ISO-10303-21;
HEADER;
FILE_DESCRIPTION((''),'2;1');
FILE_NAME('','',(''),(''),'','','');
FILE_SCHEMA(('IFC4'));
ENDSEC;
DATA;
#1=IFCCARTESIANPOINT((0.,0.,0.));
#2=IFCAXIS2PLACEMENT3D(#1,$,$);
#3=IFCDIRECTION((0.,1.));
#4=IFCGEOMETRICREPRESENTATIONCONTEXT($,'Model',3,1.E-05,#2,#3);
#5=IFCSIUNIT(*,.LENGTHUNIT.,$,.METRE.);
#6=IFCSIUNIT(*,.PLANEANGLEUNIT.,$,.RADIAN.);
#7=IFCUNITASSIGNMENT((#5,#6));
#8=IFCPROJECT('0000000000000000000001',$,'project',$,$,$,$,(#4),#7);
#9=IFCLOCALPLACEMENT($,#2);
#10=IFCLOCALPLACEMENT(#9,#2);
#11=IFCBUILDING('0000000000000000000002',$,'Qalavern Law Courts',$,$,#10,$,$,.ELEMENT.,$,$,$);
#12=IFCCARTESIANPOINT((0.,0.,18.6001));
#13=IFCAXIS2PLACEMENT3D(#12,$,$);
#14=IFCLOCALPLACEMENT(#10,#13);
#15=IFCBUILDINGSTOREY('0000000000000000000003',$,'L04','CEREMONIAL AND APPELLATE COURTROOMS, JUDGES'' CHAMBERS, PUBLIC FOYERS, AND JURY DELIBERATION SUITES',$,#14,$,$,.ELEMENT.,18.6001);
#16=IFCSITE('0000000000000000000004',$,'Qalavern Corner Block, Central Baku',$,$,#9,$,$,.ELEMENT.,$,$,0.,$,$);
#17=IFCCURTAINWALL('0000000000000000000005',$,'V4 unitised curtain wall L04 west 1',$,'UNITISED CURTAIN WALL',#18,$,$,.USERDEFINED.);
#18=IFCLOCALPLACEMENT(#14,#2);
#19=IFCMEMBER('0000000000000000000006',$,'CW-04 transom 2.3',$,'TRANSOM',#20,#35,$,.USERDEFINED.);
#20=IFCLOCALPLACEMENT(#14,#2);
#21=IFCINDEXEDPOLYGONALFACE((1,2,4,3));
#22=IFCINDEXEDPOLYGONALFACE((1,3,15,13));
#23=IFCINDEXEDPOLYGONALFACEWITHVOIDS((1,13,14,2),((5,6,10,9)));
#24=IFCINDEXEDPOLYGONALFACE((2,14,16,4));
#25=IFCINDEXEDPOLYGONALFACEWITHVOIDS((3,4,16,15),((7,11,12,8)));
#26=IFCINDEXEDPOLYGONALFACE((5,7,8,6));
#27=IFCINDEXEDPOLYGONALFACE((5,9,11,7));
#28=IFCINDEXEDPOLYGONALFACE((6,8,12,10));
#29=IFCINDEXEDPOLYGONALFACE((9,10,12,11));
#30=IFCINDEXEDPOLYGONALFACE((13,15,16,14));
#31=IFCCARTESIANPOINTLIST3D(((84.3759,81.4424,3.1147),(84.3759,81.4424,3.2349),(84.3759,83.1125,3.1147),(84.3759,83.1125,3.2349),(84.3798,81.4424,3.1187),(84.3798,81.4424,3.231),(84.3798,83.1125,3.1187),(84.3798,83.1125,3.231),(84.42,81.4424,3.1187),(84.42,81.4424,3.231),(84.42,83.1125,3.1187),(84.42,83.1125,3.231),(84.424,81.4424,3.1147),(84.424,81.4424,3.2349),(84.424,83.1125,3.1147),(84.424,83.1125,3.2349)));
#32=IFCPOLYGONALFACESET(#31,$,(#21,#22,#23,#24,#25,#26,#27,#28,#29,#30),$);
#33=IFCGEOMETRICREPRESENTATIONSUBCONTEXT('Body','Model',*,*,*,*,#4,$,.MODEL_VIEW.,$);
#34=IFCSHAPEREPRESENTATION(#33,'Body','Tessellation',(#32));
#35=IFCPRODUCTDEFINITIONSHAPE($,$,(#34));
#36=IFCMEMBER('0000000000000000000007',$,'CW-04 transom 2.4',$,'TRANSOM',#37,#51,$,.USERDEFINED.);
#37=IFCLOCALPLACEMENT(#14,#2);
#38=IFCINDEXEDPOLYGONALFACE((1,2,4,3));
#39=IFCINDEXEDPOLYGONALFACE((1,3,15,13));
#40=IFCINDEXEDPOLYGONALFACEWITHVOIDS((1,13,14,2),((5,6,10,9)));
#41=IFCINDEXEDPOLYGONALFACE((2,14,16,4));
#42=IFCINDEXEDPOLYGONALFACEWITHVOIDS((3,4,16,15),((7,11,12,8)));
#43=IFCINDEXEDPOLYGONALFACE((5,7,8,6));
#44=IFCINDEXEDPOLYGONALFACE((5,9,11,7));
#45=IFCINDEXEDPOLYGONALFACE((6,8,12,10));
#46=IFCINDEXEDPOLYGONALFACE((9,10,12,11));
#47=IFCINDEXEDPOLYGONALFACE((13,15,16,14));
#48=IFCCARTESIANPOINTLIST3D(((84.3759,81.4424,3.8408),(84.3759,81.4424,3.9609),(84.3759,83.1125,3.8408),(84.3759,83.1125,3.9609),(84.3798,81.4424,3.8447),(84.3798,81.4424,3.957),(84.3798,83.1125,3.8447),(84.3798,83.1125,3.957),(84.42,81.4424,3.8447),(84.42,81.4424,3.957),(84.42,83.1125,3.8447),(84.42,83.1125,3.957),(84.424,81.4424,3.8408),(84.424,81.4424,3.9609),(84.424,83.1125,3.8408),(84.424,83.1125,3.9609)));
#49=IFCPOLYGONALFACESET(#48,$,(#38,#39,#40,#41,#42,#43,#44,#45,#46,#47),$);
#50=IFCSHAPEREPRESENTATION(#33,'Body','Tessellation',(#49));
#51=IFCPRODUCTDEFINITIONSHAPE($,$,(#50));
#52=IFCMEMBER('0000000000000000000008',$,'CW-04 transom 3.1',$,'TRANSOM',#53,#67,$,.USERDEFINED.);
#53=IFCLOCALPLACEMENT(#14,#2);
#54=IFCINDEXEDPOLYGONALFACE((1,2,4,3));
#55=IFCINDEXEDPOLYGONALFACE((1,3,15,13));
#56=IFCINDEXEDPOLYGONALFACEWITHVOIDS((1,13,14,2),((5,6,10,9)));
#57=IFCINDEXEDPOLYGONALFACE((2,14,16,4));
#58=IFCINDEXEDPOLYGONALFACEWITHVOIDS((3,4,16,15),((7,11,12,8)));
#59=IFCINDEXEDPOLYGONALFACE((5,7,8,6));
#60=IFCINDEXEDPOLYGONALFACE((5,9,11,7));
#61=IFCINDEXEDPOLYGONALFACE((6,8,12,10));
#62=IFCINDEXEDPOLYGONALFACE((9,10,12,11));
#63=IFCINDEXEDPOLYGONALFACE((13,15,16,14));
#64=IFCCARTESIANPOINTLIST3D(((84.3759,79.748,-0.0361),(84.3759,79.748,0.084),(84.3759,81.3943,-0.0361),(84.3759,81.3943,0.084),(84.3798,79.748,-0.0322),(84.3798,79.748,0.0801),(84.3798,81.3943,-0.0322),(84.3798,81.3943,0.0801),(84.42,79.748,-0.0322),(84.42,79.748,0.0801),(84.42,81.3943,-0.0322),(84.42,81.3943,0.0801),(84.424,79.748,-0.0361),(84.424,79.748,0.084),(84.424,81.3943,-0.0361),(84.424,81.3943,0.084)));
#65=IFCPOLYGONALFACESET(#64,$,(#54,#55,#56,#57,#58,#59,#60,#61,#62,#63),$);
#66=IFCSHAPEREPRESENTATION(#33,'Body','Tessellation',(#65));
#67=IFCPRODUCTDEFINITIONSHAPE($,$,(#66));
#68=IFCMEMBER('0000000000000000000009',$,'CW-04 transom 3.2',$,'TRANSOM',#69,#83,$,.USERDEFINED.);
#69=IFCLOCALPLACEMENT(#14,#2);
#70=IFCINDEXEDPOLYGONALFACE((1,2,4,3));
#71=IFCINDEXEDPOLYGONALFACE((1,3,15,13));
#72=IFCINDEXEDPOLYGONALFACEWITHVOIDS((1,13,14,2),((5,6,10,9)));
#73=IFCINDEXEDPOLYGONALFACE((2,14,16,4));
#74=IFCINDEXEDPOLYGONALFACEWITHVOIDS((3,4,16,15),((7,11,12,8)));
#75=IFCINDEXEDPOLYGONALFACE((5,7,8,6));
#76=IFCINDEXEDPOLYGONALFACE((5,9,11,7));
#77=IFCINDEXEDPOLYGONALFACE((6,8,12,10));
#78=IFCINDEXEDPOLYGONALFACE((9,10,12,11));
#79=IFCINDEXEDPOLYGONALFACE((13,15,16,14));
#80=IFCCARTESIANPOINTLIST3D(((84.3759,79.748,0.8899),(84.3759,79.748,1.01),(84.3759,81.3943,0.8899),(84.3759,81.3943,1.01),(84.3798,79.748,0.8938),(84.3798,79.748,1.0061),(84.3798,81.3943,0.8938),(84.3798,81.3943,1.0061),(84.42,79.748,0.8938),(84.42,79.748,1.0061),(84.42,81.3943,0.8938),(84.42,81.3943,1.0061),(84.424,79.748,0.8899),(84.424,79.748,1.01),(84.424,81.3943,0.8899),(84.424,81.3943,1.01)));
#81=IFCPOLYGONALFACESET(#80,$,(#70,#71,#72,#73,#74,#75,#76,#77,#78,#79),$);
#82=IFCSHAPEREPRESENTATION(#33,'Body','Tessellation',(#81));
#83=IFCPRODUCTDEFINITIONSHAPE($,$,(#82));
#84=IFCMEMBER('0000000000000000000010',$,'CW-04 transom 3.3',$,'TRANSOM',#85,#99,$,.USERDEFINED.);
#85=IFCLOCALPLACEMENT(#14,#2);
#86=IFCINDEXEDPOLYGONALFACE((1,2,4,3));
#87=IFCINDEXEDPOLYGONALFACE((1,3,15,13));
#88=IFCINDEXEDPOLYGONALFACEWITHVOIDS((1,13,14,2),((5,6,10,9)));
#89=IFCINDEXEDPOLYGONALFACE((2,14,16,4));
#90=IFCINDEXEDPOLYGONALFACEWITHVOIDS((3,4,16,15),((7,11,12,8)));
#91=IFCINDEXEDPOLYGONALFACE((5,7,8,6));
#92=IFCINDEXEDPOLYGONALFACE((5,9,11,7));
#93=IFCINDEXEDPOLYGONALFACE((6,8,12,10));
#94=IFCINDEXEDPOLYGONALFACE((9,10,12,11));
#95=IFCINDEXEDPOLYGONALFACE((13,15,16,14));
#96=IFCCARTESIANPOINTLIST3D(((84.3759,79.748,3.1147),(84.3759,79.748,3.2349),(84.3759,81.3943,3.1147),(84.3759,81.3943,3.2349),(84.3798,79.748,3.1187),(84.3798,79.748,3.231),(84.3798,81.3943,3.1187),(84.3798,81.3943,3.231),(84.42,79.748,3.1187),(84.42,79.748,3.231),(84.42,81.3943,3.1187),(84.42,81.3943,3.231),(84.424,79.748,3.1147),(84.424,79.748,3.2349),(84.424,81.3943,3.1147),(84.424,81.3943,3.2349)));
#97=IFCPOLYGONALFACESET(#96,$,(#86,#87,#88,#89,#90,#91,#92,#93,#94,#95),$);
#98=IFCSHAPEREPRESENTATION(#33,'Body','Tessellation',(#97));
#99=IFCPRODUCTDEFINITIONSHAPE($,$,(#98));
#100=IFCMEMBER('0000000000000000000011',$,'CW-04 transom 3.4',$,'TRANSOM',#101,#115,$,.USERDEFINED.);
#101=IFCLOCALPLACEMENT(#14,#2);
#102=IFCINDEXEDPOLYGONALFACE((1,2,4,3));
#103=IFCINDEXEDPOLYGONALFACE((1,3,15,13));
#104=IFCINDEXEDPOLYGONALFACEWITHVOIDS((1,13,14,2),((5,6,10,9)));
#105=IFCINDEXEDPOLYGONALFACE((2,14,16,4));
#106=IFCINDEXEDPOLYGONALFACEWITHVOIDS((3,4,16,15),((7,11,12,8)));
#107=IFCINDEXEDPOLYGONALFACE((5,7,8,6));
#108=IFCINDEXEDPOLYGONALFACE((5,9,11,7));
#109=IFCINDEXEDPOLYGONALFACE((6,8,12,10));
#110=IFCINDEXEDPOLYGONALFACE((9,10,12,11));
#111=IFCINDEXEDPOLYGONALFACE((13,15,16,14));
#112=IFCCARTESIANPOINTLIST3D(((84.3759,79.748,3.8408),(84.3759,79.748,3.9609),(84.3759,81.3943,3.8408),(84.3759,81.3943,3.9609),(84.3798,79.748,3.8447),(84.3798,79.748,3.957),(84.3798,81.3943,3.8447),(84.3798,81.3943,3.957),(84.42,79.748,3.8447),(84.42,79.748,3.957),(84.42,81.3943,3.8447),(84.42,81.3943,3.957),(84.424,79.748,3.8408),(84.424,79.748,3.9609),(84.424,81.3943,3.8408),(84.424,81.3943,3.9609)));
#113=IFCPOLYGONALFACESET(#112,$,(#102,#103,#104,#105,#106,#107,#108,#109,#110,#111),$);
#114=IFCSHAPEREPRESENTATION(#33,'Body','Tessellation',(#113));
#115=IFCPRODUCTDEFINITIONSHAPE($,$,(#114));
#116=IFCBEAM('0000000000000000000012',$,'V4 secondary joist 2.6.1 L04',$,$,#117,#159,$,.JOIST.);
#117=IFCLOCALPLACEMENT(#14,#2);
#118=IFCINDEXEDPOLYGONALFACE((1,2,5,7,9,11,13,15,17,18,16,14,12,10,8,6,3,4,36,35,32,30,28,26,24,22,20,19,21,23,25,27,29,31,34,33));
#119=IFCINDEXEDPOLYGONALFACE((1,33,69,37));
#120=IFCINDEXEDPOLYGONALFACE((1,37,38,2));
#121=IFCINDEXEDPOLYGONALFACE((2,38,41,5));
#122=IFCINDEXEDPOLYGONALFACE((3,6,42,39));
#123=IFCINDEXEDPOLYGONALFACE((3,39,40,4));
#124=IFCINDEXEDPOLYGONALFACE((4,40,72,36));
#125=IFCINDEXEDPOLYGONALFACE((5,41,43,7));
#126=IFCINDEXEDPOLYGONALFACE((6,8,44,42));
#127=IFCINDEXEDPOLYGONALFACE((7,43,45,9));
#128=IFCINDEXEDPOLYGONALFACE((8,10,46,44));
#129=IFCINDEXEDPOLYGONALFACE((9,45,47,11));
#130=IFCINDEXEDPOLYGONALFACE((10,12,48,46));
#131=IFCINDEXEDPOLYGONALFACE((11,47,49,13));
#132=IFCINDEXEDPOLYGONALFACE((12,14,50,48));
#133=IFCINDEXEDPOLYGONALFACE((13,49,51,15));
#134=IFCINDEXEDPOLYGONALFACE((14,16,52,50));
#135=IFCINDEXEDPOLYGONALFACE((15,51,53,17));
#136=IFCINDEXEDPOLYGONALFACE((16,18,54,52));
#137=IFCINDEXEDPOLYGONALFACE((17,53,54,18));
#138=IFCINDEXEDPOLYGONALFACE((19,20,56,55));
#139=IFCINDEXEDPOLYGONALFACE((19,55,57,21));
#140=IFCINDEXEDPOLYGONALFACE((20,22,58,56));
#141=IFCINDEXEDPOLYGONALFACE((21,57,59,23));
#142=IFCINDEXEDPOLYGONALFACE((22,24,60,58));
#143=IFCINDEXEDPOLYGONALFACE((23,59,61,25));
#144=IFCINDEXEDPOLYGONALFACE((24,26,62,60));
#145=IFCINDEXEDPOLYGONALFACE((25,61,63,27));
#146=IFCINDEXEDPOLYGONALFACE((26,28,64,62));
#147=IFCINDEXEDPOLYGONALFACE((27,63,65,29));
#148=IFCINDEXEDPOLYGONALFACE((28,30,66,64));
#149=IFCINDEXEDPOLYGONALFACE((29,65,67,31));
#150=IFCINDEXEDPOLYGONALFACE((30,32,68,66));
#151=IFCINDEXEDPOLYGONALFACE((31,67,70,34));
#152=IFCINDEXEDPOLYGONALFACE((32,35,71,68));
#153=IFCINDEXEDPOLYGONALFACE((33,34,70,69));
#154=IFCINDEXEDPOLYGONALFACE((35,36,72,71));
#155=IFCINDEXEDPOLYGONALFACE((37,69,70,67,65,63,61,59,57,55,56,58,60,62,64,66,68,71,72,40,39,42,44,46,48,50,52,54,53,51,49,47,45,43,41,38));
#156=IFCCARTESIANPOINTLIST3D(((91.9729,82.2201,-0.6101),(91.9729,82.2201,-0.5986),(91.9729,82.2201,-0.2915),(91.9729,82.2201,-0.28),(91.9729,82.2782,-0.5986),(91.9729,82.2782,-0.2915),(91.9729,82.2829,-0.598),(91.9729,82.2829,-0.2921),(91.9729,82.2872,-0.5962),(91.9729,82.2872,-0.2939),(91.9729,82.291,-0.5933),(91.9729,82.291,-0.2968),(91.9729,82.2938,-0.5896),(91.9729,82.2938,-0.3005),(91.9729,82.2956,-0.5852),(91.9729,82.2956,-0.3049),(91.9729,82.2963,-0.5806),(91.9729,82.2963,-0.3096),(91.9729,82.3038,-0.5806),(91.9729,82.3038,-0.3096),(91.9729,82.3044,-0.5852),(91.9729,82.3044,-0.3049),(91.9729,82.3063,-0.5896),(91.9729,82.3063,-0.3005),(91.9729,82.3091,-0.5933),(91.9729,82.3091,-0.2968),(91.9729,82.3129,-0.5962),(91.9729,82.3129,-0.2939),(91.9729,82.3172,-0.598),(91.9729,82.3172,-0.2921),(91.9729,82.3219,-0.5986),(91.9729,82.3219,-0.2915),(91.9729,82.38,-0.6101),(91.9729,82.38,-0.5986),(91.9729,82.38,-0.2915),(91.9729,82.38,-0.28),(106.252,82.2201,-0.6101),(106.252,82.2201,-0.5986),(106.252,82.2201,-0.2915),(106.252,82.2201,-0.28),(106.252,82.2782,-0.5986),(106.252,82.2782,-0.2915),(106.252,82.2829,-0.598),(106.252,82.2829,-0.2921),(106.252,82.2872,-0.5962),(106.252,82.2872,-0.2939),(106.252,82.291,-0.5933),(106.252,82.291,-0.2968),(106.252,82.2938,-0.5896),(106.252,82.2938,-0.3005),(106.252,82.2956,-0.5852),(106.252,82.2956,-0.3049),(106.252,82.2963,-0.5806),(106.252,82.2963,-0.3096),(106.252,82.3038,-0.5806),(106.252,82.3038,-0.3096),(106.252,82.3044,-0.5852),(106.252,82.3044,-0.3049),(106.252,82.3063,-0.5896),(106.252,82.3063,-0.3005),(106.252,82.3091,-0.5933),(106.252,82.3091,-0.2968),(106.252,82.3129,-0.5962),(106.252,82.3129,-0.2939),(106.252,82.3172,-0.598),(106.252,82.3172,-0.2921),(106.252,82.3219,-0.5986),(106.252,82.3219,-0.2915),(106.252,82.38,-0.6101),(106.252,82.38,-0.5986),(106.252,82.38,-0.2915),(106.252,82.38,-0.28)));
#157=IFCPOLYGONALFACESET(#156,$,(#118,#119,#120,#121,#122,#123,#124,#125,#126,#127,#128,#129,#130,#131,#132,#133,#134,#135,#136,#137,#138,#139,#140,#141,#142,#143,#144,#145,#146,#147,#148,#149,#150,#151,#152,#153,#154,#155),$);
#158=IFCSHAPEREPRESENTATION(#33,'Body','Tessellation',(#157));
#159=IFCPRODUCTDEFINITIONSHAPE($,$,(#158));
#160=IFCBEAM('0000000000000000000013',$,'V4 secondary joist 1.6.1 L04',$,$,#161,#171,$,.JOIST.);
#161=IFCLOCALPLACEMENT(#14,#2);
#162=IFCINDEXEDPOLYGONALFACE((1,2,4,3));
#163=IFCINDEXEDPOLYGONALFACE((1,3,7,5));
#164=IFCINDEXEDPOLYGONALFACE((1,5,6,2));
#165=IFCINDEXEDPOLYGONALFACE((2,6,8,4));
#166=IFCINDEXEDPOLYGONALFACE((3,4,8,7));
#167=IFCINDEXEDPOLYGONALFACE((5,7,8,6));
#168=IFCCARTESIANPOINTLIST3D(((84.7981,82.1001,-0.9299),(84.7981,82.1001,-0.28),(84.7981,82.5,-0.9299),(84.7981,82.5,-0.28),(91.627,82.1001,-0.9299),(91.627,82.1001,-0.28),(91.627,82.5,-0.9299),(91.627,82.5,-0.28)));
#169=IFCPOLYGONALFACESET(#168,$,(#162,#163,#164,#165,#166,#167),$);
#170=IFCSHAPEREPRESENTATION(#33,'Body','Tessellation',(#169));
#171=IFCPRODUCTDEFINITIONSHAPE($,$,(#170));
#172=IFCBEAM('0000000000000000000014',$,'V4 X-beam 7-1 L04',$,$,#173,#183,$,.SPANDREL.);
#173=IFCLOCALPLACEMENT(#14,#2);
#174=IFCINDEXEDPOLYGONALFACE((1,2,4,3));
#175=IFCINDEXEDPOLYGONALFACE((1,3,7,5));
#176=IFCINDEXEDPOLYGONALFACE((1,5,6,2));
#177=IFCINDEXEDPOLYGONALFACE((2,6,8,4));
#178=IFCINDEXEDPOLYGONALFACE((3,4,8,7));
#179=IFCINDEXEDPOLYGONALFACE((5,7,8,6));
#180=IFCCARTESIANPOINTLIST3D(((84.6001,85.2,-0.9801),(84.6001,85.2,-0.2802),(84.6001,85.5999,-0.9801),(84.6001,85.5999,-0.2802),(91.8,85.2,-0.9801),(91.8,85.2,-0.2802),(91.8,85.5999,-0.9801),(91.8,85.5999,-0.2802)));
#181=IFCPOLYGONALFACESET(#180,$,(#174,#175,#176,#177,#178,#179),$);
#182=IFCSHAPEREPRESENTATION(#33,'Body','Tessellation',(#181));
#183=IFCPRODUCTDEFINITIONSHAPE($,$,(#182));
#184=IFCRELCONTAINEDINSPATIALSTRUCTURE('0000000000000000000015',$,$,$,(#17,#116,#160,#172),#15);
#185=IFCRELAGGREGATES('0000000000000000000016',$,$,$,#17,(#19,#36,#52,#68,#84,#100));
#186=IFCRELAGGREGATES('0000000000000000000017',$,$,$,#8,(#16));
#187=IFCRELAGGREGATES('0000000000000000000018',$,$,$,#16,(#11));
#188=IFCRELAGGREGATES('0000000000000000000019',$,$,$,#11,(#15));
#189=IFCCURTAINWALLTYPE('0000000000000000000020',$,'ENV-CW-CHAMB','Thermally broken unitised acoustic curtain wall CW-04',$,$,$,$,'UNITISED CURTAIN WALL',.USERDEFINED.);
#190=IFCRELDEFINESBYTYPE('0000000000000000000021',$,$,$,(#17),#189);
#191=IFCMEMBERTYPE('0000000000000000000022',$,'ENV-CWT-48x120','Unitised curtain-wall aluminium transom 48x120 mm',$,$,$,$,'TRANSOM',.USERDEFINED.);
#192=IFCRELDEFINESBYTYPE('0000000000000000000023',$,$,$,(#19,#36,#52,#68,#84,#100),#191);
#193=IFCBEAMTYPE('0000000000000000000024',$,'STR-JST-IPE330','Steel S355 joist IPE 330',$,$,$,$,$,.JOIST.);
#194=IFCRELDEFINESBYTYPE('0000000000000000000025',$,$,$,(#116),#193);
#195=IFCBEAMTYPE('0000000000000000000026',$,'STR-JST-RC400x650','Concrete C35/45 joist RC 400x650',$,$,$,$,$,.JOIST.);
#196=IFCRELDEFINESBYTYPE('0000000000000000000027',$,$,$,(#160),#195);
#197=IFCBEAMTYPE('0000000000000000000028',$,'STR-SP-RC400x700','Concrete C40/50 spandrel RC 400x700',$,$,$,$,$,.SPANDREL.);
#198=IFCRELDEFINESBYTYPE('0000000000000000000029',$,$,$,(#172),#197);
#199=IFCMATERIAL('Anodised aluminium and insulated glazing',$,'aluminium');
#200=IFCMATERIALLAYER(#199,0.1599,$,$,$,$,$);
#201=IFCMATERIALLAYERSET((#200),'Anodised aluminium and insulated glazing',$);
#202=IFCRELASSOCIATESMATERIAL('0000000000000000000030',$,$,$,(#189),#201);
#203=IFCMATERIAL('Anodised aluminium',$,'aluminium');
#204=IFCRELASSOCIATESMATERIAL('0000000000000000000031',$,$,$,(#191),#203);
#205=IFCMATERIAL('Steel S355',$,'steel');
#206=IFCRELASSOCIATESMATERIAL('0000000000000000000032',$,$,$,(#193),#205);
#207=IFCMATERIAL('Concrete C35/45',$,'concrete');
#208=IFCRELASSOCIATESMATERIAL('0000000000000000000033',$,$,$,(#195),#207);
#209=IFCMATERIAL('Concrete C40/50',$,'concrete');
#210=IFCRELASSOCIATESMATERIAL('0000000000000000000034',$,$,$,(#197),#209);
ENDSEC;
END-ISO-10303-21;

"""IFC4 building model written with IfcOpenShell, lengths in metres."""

from ifc_helpers import new_model, si_unit, direction, frame, origin, origin_2d, place, context, subcontext, project, spatial, rectangle, hollow_rectangle, i_section, extrude, material, layer, layer_set, material_profile, profile_set, type_object, element, aggregate, save


model = new_model("IFC4")

# Units and contexts
model_context = context("Model", 3, precision=1e-05, world=origin(), true_north=direction((0.0, 1.0)))
body_context = subcontext(model_context, "Body", "Model", "MODEL_VIEW")
ifc_project = project(units=[si_unit("LENGTHUNIT", "METRE"), si_unit("PLANEANGLEUNIT", "RADIAN")], contexts=[model_context])

# Site, building, storey
site_placement = place(None, origin())
site = spatial("IfcSite", under=ifc_project, at=site_placement, Name="Qalavern Corner Block, Central Baku", CompositionType="ELEMENT", RefElevation=0.0)
building_placement = place(site_placement, origin())
building = spatial("IfcBuilding", under=site, at=building_placement, Name="Qalavern Law Courts", CompositionType="ELEMENT")
storey_placement = place(building_placement, frame((0.0, 0.0, 18.6001)))
storey = spatial("IfcBuildingStorey", under=building, at=storey_placement, Name="L04", Description="CEREMONIAL AND APPELLATE COURTROOMS, JUDGES' CHAMBERS, PUBLIC FOYERS, AND JURY DELIBERATION SUITES", CompositionType="ELEMENT", Elevation=18.6001)

# Curtain wall, members
ifc_material_1 = material(Name="Anodised aluminium and insulated glazing", Category="aluminium")
ifc_layer_1 = layer(ifc_material_1, 0.1599)
ifc_layer_set_1 = layer_set([ifc_layer_1], Name="Anodised aluminium and insulated glazing")
curtain_wall_type = type_object("IfcCurtainWallType", Name="ENV-CW-CHAMB", Description="Thermally broken unitised acoustic curtain wall CW-04", ElementType="UNITISED CURTAIN WALL", PredefinedType="USERDEFINED", material=ifc_layer_set_1)
curtain_wall_placement = place(storey_placement, origin())
curtain_wall = element("IfcCurtainWall", 1, at=curtain_wall_placement, inside=storey, type_object=curtain_wall_type, Name="V4 unitised curtain wall L04 west 1", ObjectType="UNITISED CURTAIN WALL", PredefinedType="USERDEFINED")
ifc_material_2 = material(Name="Anodised aluminium", Category="aluminium")
ifc_material_profile_1 = material_profile(ifc_material_2, hollow_rectangle(XDim=0.0481, YDim=0.1201, WallThickness=0.0039, at=origin_2d()), Name="ALU TRANSOM 48x120")
ifc_profile_set_1 = profile_set([ifc_material_profile_1], Name="Anodised aluminium")
member_type_1 = type_object("IfcMemberType", Name="ENV-CWT-48x120", Description="Unitised curtain-wall aluminium transom 48x120 mm", ElementType="TRANSOM", PredefinedType="USERDEFINED", material=ifc_profile_set_1)
member_1_placement = place(storey_placement, frame((84.3999, 83.1125, 3.1748), z_axis=(0.0, -1.0, 0.0), x_axis=(1.0, 0.0, 0.0)))
member_1 = element("IfcMember", 2, at=member_1_placement, type_object=member_type_1, Name="CW-04 transom 2.3", ObjectType="TRANSOM", PredefinedType="USERDEFINED", context=body_context, shape_type="SweptSolid", body=[
    extrude(hollow_rectangle(XDim=0.0481, YDim=0.1201, WallThickness=0.0039, at=origin_2d()), origin(), (0.0, 0.0, 1.0), 1.6702),
])
member_2_placement = place(storey_placement, frame((84.3999, 83.1125, 3.9009), z_axis=(0.0, -1.0, 0.0), x_axis=(1.0, 0.0, 0.0)))
member_2 = element("IfcMember", 3, at=member_2_placement, type_object=member_type_1, Name="CW-04 transom 2.4", ObjectType="TRANSOM", PredefinedType="USERDEFINED", context=body_context, shape_type="SweptSolid", body=[
    extrude(hollow_rectangle(XDim=0.0481, YDim=0.1201, WallThickness=0.0039, at=origin_2d()), origin(), (0.0, 0.0, 1.0), 1.6702),
])
member_3_placement = place(storey_placement, frame((84.3999, 81.3943, 0.0239), z_axis=(0.0, -1.0, 0.0), x_axis=(1.0, 0.0, 0.0)))
member_3 = element("IfcMember", 4, at=member_3_placement, type_object=member_type_1, Name="CW-04 transom 3.1", ObjectType="TRANSOM", PredefinedType="USERDEFINED", context=body_context, shape_type="SweptSolid", body=[
    extrude(hollow_rectangle(XDim=0.0481, YDim=0.1201, WallThickness=0.0039, at=origin_2d()), origin(), (0.0, 0.0, 1.0), 1.6462),
])
member_4_placement = place(storey_placement, frame((84.3999, 81.3943, 0.95), z_axis=(0.0, -1.0, 0.0), x_axis=(1.0, 0.0, 0.0)))
member_4 = element("IfcMember", 5, at=member_4_placement, type_object=member_type_1, Name="CW-04 transom 3.2", ObjectType="TRANSOM", PredefinedType="USERDEFINED", context=body_context, shape_type="SweptSolid", body=[
    extrude(hollow_rectangle(XDim=0.0481, YDim=0.1201, WallThickness=0.0039, at=origin_2d()), origin(), (0.0, 0.0, 1.0), 1.6462),
])
member_5_placement = place(storey_placement, frame((84.3999, 81.3943, 3.1748), z_axis=(0.0, -1.0, 0.0), x_axis=(1.0, 0.0, 0.0)))
member_5 = element("IfcMember", 6, at=member_5_placement, type_object=member_type_1, Name="CW-04 transom 3.3", ObjectType="TRANSOM", PredefinedType="USERDEFINED", context=body_context, shape_type="SweptSolid", body=[
    extrude(hollow_rectangle(XDim=0.0481, YDim=0.1201, WallThickness=0.0039, at=origin_2d()), origin(), (0.0, 0.0, 1.0), 1.6462),
])
member_6_placement = place(storey_placement, frame((84.3999, 81.3943, 3.9009), z_axis=(0.0, -1.0, 0.0), x_axis=(1.0, 0.0, 0.0)))
member_6 = element("IfcMember", 7, at=member_6_placement, type_object=member_type_1, Name="CW-04 transom 3.4", ObjectType="TRANSOM", PredefinedType="USERDEFINED", context=body_context, shape_type="SweptSolid", body=[
    extrude(hollow_rectangle(XDim=0.0481, YDim=0.1201, WallThickness=0.0039, at=origin_2d()), origin(), (0.0, 0.0, 1.0), 1.6462),
])

# Beams
ifc_material_3 = material(Name="Steel S355", Category="steel")
ifc_material_profile_2 = material_profile(ifc_material_3, i_section(OverallWidth=0.1599, OverallDepth=0.3301, WebThickness=0.0076, FlangeThickness=0.0115, FilletRadius=0.0181, at=origin_2d()), Name="IPE 330")
ifc_profile_set_2 = profile_set([ifc_material_profile_2], Name="Steel S355")
beam_type_1 = type_object("IfcBeamType", Name="STR-JST-IPE330", Description="Steel S355 joist IPE 330", PredefinedType="JOIST", material=ifc_profile_set_2)
beam_1_placement = place(storey_placement, frame((91.9729, 82.3, -0.4451), z_axis=(1.0, 0.0, 0.0), x_axis=(0.0, 1.0, 0.0)))
element("IfcBeam", 8, at=beam_1_placement, inside=storey, type_object=beam_type_1, Name="V4 secondary joist 2.6.1 L04", PredefinedType="JOIST", context=body_context, shape_type="SweptSolid", body=[
    extrude(i_section(OverallWidth=0.1599, OverallDepth=0.3301, WebThickness=0.0076, FlangeThickness=0.0115, FilletRadius=0.0181, at=origin_2d()), origin(), (0.0, 0.0, 1.0), 14.2791),
])
ifc_material_4 = material(Name="Concrete C35/45", Category="concrete")
ifc_material_profile_3 = material_profile(ifc_material_4, rectangle(XDim=0.3999, YDim=0.6499, at=origin_2d()), Name="RC 400x650")
ifc_profile_set_3 = profile_set([ifc_material_profile_3], Name="Concrete C35/45")
beam_type_2 = type_object("IfcBeamType", Name="STR-JST-RC400x650", Description="Concrete C35/45 joist RC 400x650", PredefinedType="JOIST", material=ifc_profile_set_3)
beam_2_placement = place(storey_placement, frame((84.7981, 82.3, -0.605), z_axis=(1.0, 0.0, 0.0), x_axis=(0.0, 1.0, 0.0)))
element("IfcBeam", 9, at=beam_2_placement, inside=storey, type_object=beam_type_2, Name="V4 secondary joist 1.6.1 L04", PredefinedType="JOIST", context=body_context, shape_type="SweptSolid", body=[
    extrude(rectangle(XDim=0.3999, YDim=0.6499, at=origin_2d()), origin(), (0.0, 0.0, 1.0), 6.8289),
])
ifc_material_5 = material(Name="Concrete C40/50", Category="concrete")
ifc_material_profile_4 = material_profile(ifc_material_5, rectangle(XDim=0.3999, YDim=0.7, at=origin_2d()), Name="RC 400x700")
ifc_profile_set_4 = profile_set([ifc_material_profile_4], Name="Concrete C40/50")
beam_type_3 = type_object("IfcBeamType", Name="STR-SP-RC400x700", Description="Concrete C40/50 spandrel RC 400x700", PredefinedType="SPANDREL", material=ifc_profile_set_4)
beam_3_placement = place(storey_placement, frame((84.6001, 85.3999, -0.6301), z_axis=(1.0, 0.0, 0.0), x_axis=(0.0, 1.0, 0.0)))
element("IfcBeam", 10, at=beam_3_placement, inside=storey, type_object=beam_type_3, Name="V4 X-beam 7-1 L04", PredefinedType="SPANDREL", context=body_context, shape_type="SweptSolid", body=[
    extrude(rectangle(XDim=0.3999, YDim=0.7, at=origin_2d()), origin(), (0.0, 0.0, 1.0), 7.2),
])

aggregate(curtain_wall, [member_1, member_2, member_3, member_4, member_5, member_6])

save(model, "model.ifc")
